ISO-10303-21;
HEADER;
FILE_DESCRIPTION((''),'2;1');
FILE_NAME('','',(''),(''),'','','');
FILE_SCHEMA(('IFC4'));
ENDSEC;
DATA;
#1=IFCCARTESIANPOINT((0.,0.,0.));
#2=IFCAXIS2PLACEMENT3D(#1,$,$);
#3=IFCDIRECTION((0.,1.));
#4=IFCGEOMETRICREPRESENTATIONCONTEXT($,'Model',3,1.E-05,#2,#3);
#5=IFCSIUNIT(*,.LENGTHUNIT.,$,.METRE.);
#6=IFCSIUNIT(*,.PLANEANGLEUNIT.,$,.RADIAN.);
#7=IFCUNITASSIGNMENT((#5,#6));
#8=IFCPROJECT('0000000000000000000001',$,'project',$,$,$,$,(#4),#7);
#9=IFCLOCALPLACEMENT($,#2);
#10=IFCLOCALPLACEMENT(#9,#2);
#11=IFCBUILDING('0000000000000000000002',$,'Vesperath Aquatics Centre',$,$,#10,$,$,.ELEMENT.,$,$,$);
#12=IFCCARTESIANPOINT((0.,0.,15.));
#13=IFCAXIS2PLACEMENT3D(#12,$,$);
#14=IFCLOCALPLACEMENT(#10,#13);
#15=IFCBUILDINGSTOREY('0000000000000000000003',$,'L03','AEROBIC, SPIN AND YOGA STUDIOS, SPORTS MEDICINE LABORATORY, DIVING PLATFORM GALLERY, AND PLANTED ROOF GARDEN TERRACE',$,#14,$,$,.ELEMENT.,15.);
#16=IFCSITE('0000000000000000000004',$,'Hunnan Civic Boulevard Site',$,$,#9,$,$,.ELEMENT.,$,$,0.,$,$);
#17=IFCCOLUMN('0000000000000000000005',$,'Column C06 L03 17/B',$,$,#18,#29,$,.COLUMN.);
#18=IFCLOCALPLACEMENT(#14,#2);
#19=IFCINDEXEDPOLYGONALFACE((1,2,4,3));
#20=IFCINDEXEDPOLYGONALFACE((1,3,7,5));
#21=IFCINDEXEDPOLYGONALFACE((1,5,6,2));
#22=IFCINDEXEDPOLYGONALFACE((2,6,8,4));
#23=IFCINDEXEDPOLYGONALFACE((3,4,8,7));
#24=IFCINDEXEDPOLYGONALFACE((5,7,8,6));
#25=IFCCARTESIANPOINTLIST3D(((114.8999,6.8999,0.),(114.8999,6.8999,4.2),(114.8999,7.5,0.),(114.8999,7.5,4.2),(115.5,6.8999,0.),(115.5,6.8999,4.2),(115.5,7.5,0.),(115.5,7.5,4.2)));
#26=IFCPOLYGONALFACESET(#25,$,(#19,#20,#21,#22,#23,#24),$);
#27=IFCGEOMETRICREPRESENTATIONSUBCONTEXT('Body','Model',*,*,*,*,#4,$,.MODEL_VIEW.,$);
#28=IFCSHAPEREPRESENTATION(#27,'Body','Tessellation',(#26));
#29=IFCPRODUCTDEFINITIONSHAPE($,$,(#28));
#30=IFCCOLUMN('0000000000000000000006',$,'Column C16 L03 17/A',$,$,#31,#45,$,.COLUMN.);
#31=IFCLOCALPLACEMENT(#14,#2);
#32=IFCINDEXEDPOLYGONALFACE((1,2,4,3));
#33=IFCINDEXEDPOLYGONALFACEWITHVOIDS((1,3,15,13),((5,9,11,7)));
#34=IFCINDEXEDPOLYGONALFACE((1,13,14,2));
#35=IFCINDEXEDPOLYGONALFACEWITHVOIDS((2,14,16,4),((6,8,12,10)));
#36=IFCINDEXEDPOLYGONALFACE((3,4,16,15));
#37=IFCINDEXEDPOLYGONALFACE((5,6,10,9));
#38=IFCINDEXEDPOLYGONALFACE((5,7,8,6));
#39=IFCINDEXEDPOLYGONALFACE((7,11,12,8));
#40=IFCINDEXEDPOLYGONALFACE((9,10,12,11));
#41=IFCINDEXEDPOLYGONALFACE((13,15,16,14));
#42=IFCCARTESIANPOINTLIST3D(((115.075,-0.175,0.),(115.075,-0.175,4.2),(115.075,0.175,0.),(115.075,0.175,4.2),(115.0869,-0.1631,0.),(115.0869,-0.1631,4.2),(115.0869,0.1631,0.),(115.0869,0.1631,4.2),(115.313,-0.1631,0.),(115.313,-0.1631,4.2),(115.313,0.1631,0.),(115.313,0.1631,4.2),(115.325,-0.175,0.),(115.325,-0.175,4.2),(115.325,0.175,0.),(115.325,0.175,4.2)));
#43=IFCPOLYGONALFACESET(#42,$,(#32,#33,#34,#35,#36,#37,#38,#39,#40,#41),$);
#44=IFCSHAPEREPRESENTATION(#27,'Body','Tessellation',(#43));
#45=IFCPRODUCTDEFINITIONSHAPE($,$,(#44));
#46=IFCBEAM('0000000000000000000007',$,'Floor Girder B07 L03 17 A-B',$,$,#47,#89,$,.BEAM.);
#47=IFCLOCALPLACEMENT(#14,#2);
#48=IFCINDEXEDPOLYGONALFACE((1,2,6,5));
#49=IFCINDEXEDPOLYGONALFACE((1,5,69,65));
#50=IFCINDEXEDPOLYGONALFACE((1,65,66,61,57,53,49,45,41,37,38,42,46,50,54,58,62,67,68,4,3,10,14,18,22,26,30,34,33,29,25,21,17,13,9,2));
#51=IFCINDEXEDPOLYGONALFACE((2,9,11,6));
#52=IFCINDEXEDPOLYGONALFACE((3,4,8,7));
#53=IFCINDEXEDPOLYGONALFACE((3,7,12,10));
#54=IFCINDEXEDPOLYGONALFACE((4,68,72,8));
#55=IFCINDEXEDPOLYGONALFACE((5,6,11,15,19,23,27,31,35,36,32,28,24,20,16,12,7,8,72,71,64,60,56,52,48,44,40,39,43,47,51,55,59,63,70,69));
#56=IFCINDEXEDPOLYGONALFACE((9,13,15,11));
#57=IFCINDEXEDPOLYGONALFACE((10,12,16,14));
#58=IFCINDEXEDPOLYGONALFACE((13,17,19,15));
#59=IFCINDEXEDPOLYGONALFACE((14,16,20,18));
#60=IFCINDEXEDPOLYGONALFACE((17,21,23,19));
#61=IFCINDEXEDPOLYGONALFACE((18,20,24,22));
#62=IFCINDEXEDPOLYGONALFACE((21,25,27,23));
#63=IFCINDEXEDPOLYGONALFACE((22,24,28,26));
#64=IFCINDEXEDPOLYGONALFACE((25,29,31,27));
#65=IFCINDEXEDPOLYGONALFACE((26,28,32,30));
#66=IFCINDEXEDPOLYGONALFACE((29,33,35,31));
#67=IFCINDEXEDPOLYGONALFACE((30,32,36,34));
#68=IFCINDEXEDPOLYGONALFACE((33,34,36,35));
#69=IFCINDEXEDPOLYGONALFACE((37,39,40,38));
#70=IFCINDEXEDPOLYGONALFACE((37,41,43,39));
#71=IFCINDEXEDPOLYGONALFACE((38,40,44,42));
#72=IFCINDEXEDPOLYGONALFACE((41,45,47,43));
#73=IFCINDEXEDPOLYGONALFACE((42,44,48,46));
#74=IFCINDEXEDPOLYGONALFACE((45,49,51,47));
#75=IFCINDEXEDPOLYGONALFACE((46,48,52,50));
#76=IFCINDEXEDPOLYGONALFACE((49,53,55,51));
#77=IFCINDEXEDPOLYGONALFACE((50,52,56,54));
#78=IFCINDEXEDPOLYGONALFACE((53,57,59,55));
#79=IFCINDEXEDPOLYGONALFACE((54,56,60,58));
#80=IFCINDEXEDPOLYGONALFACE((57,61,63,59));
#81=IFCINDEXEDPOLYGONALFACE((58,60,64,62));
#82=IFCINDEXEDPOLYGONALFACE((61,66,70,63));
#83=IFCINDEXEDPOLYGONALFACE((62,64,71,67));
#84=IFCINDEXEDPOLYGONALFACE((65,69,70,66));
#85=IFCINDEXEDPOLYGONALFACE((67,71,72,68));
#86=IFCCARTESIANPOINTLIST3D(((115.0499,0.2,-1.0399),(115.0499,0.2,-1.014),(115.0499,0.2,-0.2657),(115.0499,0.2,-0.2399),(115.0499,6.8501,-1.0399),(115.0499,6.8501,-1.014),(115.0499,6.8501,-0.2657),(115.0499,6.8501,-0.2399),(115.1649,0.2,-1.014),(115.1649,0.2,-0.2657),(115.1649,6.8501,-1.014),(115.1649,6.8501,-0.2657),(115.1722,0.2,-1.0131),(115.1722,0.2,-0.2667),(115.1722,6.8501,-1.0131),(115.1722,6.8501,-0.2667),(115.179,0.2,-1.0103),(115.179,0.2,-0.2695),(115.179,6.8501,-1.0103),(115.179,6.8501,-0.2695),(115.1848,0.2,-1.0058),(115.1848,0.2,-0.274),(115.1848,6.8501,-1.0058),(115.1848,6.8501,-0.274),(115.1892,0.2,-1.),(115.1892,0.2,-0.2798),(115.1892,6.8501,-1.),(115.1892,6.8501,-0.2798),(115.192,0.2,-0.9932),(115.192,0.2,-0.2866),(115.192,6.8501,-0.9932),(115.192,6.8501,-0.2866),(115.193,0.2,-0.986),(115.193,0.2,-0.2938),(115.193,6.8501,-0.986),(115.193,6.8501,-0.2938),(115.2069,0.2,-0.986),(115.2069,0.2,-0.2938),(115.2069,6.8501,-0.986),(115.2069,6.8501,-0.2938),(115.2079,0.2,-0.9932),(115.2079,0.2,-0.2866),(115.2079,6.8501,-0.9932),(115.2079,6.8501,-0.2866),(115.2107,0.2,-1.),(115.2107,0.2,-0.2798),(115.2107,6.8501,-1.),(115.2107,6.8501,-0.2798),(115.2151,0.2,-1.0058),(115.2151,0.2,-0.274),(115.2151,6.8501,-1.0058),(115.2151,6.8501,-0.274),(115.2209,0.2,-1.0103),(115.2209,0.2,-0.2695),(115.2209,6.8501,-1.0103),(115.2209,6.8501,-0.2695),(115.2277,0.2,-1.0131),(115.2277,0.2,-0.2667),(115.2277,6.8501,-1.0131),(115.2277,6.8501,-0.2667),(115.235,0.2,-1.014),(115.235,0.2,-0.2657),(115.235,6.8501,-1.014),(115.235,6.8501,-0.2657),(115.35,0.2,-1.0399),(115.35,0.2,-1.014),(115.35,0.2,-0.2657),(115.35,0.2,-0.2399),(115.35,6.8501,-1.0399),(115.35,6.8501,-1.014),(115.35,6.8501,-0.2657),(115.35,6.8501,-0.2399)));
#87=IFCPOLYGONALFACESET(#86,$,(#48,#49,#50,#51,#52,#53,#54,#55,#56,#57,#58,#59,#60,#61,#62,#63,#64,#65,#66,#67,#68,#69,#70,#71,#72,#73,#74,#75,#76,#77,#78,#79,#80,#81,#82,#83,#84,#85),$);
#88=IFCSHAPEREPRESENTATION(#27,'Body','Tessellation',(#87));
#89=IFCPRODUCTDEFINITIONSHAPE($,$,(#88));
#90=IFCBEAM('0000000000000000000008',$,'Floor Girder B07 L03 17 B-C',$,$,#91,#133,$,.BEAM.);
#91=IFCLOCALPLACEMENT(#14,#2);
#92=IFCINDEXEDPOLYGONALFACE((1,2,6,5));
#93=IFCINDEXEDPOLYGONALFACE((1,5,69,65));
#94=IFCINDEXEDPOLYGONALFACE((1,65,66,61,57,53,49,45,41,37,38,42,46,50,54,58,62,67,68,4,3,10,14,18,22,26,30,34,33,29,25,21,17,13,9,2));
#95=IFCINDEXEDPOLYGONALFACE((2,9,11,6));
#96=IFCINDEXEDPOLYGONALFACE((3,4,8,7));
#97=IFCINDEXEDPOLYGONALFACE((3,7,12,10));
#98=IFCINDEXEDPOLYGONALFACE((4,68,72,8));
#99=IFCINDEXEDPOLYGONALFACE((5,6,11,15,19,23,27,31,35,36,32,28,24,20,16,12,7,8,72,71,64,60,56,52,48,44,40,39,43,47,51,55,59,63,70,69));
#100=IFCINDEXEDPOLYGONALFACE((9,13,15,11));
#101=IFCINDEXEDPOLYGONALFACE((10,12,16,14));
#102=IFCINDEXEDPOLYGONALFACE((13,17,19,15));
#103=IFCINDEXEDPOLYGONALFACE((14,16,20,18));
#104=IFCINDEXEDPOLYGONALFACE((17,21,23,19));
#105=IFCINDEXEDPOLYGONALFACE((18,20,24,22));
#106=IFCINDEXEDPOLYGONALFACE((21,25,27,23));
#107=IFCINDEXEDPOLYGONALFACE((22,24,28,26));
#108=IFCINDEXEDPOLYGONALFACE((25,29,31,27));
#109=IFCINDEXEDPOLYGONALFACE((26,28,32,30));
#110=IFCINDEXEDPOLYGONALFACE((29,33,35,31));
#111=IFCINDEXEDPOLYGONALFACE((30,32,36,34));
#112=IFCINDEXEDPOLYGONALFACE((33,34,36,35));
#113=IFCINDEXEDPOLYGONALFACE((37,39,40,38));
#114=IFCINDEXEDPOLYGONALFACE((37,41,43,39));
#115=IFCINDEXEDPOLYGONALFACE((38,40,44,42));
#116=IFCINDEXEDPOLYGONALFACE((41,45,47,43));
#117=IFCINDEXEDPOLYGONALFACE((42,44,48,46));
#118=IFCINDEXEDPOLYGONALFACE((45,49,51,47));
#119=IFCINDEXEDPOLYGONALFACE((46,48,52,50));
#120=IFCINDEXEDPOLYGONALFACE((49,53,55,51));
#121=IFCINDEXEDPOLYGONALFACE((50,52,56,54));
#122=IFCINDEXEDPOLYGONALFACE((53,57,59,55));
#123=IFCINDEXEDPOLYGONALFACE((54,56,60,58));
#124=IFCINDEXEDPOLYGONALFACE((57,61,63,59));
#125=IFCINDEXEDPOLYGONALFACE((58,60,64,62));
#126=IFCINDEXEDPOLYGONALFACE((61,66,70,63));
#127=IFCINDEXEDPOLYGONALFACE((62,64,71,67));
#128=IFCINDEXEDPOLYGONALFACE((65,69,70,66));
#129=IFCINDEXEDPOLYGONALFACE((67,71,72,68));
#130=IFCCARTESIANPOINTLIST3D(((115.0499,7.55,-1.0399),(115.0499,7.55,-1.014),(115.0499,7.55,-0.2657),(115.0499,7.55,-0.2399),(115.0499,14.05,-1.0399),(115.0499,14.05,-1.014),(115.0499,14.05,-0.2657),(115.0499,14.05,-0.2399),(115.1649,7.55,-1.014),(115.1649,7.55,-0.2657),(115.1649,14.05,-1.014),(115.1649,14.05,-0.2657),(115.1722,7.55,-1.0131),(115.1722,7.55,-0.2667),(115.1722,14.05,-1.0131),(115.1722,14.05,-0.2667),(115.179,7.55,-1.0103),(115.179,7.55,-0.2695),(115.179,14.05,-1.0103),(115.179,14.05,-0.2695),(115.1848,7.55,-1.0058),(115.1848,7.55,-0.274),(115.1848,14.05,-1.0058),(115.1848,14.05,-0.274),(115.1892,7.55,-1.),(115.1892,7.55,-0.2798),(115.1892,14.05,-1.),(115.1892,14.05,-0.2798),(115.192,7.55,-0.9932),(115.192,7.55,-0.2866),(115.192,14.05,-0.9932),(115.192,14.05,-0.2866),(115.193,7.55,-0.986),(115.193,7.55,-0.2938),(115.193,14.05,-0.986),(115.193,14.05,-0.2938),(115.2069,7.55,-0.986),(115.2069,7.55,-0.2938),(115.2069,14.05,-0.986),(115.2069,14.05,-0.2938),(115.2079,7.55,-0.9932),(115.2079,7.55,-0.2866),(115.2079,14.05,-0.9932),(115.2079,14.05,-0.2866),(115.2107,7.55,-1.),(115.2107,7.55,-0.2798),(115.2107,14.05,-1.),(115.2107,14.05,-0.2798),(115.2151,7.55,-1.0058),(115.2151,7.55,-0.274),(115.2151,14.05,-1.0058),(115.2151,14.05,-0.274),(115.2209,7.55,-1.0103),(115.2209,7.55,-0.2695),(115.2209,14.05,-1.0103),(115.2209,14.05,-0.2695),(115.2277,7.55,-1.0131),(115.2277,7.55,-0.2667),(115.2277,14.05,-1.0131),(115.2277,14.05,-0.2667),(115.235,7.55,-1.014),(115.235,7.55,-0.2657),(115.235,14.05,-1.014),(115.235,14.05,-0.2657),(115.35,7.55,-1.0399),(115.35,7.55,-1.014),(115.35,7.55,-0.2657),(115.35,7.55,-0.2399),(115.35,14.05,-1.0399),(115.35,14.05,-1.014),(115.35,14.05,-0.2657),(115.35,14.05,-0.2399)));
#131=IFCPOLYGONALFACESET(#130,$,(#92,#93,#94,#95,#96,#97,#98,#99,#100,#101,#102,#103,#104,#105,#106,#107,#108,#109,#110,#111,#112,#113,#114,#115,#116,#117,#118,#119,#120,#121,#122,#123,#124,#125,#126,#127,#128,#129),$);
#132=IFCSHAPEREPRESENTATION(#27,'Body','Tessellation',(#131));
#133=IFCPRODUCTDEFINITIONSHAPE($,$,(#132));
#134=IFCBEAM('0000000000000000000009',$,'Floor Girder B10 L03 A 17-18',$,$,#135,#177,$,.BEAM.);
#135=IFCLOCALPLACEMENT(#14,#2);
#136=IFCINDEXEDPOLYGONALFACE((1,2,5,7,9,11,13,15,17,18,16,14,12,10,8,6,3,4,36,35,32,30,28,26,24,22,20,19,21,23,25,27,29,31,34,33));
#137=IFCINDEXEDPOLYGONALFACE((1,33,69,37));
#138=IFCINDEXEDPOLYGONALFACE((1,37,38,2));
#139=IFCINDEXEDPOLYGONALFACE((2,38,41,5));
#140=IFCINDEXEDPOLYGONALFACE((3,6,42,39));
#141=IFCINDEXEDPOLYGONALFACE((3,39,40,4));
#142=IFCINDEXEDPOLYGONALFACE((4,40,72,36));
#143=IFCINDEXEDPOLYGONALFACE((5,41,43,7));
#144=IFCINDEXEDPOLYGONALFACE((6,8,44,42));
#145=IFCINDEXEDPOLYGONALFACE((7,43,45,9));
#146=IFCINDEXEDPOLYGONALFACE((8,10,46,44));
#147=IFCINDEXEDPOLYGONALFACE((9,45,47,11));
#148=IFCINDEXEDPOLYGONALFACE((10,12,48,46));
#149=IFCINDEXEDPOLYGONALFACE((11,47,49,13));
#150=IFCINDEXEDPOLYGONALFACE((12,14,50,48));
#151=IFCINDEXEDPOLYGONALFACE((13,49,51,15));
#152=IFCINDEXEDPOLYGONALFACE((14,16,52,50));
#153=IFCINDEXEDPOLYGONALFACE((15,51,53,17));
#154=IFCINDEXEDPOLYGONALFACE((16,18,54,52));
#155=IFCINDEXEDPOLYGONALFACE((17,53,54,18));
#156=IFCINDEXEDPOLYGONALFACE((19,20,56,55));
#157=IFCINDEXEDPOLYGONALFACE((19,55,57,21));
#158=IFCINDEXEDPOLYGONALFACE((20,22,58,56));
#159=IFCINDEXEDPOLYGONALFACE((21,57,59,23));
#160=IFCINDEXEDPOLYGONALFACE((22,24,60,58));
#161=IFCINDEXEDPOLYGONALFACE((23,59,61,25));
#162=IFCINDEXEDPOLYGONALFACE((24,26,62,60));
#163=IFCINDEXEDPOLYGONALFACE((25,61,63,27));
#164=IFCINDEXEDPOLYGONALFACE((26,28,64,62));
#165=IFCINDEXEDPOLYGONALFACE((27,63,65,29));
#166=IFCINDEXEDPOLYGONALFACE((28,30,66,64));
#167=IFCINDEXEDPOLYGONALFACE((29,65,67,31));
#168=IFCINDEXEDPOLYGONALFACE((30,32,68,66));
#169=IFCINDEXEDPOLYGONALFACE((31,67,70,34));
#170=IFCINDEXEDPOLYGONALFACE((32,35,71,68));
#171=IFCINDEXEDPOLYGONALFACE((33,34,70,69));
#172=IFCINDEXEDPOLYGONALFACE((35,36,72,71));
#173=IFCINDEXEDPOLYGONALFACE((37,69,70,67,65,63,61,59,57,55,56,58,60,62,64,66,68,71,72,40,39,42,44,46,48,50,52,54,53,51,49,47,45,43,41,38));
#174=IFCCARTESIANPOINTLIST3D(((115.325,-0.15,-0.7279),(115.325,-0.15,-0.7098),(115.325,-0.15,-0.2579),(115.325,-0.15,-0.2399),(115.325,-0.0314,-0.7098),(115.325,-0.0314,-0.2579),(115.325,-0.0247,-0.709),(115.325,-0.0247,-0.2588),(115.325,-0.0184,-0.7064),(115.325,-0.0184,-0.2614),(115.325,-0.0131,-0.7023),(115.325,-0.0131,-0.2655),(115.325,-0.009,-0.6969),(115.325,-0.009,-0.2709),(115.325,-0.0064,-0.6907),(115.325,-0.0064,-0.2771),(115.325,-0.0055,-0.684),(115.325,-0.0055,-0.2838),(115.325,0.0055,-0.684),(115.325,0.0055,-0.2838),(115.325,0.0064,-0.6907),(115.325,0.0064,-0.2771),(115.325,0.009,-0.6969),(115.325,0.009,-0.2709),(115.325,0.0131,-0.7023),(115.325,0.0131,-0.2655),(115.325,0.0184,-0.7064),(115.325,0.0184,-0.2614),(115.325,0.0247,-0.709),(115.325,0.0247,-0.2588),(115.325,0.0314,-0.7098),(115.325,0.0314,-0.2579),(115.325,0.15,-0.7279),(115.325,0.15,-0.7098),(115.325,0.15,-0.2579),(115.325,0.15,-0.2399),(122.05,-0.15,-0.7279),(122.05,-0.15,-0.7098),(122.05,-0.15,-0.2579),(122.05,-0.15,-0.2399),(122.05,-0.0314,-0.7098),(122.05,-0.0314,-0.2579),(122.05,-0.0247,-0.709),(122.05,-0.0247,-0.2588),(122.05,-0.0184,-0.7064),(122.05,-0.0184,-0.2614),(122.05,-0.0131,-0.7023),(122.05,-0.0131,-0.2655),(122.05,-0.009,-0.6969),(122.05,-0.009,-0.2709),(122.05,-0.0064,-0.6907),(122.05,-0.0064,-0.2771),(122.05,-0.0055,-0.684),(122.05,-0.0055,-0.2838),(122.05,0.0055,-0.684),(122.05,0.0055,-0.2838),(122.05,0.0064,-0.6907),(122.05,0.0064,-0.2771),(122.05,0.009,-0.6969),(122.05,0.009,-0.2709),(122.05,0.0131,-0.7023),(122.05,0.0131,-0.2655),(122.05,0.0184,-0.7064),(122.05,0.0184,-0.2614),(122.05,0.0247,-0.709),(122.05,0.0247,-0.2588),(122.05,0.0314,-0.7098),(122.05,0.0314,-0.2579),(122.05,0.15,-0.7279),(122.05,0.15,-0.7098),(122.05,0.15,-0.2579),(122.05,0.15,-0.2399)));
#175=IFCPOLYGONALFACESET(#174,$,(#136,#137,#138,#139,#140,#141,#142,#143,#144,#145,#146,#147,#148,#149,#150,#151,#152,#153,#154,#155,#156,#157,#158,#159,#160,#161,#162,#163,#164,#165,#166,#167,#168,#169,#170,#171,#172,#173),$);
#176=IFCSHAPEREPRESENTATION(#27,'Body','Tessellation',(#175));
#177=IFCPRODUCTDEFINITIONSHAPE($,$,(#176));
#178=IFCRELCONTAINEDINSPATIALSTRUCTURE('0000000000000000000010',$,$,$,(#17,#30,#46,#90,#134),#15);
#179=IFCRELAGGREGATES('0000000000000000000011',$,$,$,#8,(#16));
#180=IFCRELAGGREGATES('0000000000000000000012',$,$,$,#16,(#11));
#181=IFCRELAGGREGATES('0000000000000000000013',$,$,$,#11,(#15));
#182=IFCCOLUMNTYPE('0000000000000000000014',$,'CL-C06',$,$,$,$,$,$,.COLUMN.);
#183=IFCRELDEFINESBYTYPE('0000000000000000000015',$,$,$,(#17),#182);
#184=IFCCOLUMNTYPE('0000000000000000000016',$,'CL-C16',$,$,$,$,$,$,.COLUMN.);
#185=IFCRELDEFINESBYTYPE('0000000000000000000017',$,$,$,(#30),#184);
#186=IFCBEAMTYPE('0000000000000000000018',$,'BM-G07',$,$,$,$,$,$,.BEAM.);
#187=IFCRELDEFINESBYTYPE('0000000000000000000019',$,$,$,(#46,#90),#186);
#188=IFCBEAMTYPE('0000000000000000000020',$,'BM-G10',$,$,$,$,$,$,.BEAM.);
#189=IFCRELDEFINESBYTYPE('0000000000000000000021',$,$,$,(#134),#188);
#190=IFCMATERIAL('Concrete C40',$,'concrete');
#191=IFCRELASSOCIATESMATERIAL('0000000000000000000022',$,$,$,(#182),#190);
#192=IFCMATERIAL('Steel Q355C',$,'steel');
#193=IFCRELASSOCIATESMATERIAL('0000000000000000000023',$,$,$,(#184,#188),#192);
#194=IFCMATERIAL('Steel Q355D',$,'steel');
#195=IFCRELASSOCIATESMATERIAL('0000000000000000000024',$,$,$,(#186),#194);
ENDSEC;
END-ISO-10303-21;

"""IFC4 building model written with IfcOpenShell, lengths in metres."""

from ifc_helpers import new_model, si_unit, direction, frame, origin, origin_2d, place, context, subcontext, project, spatial, rectangle, hollow_rectangle, i_section, extrude, material, material_profile, profile_set, type_object, element, save


model = new_model("IFC4")

# Units and contexts
model_context = context("Model", 3, precision=1e-05, world=origin(), true_north=direction((0.0, 1.0)))
body_context = subcontext(model_context, "Body", "Model", "MODEL_VIEW")
ifc_project = project(units=[si_unit("LENGTHUNIT", "METRE"), si_unit("PLANEANGLEUNIT", "RADIAN")], contexts=[model_context])

# Site, building, storey
site_placement = place(None, origin())
site = spatial("IfcSite", under=ifc_project, at=site_placement, Name="Hunnan Civic Boulevard Site", CompositionType="ELEMENT", RefElevation=0.0)
building_placement = place(site_placement, origin())
building = spatial("IfcBuilding", under=site, at=building_placement, Name="Vesperath Aquatics Centre", CompositionType="ELEMENT")
storey_placement = place(building_placement, frame((0.0, 0.0, 15.0)))
storey = spatial("IfcBuildingStorey", under=building, at=storey_placement, Name="L03", Description="AEROBIC, SPIN AND YOGA STUDIOS, SPORTS MEDICINE LABORATORY, DIVING PLATFORM GALLERY, AND PLANTED ROOF GARDEN TERRACE", CompositionType="ELEMENT", Elevation=15.0)

# Columns
ifc_material_1 = material(Name="Concrete C40", Category="concrete")
ifc_material_profile_1 = material_profile(ifc_material_1, rectangle(XDim=0.6001, YDim=0.6001, at=origin_2d()), Name="RC 600x600")
ifc_profile_set_1 = profile_set([ifc_material_profile_1], Name="Concrete C40")
column_type_1 = type_object("IfcColumnType", Name="CL-C06", PredefinedType="COLUMN", material=ifc_profile_set_1)
column_1_placement = place(storey_placement, frame((115.2, 7.2, 0.0), z_axis=(0.0, 0.0, 1.0), x_axis=(1.0, 0.0, 0.0)))
element("IfcColumn", 1, at=column_1_placement, inside=storey, type_object=column_type_1, Name="Column C06 L03 17/B", PredefinedType="COLUMN", context=body_context, shape_type="SweptSolid", body=[
    extrude(rectangle(XDim=0.6001, YDim=0.6001, at=origin_2d()), origin(), (0.0, 0.0, 1.0), 4.2),
])
ifc_material_2 = material(Name="Steel Q355C", Category="steel")
ifc_material_profile_2 = material_profile(ifc_material_2, hollow_rectangle(XDim=0.25, YDim=0.3501, WallThickness=0.012, at=origin_2d()), Name="RHS 350x250x12")
ifc_profile_set_2 = profile_set([ifc_material_profile_2], Name="Steel Q355C")
column_type_2 = type_object("IfcColumnType", Name="CL-C16", PredefinedType="COLUMN", material=ifc_profile_set_2)
column_2_placement = place(storey_placement, frame((115.2, 0.0, 0.0), z_axis=(0.0, 0.0, 1.0), x_axis=(1.0, 0.0, 0.0)))
element("IfcColumn", 2, at=column_2_placement, inside=storey, type_object=column_type_2, Name="Column C16 L03 17/A", PredefinedType="COLUMN", context=body_context, shape_type="SweptSolid", body=[
    extrude(hollow_rectangle(XDim=0.25, YDim=0.3501, WallThickness=0.012, at=origin_2d()), origin(), (0.0, 0.0, 1.0), 4.2),
])

# Beams
ifc_material_3 = material(Name="Steel Q355D", Category="steel")
ifc_material_profile_3 = material_profile(ifc_material_3, i_section(OverallWidth=0.3, OverallDepth=0.8, WebThickness=0.0139, FlangeThickness=0.0259, FilletRadius=0.0281, at=origin_2d()), Name="HN 800x300x14x26")
ifc_profile_set_3 = profile_set([ifc_material_profile_3], Name="Steel Q355D")
beam_type_1 = type_object("IfcBeamType", Name="BM-G07", PredefinedType="BEAM", material=ifc_profile_set_3)
beam_1_placement = place(storey_placement, frame((115.2, 0.2, -0.6399), z_axis=(0.0, 1.0, 0.0), x_axis=(-1.0, 0.0, 0.0)))
element("IfcBeam", 3, at=beam_1_placement, inside=storey, type_object=beam_type_1, Name="Floor Girder B07 L03 17 A-B", PredefinedType="BEAM", context=body_context, shape_type="SweptSolid", body=[
    extrude(i_section(OverallWidth=0.3, OverallDepth=0.8, WebThickness=0.0139, FlangeThickness=0.0259, FilletRadius=0.0281, at=origin_2d()), origin(), (0.0, 0.0, 1.0), 6.6501),
])
beam_2_placement = place(storey_placement, frame((115.2, 7.55, -0.6399), z_axis=(0.0, 1.0, 0.0), x_axis=(-1.0, 0.0, 0.0)))
element("IfcBeam", 4, at=beam_2_placement, inside=storey, type_object=beam_type_1, Name="Floor Girder B07 L03 17 B-C", PredefinedType="BEAM", context=body_context, shape_type="SweptSolid", body=[
    extrude(i_section(OverallWidth=0.3, OverallDepth=0.8, WebThickness=0.0139, FlangeThickness=0.0259, FilletRadius=0.0281, at=origin_2d()), origin(), (0.0, 0.0, 1.0), 6.5),
])
ifc_material_profile_4 = material_profile(ifc_material_2, i_section(OverallWidth=0.3, OverallDepth=0.488, WebThickness=0.011, FlangeThickness=0.0181, FilletRadius=0.0259, at=origin_2d()), Name="HM 488x300x11x18")
ifc_profile_set_4 = profile_set([ifc_material_profile_4], Name="Steel Q355C")
beam_type_2 = type_object("IfcBeamType", Name="BM-G10", PredefinedType="BEAM", material=ifc_profile_set_4)
beam_3_placement = place(storey_placement, frame((115.325, 0.0, -0.4839), z_axis=(1.0, 0.0, 0.0), x_axis=(0.0, 1.0, 0.0)))
element("IfcBeam", 5, at=beam_3_placement, inside=storey, type_object=beam_type_2, Name="Floor Girder B10 L03 A 17-18", PredefinedType="BEAM", context=body_context, shape_type="SweptSolid", body=[
    extrude(i_section(OverallWidth=0.3, OverallDepth=0.488, WebThickness=0.011, FlangeThickness=0.0181, FilletRadius=0.0259, at=origin_2d()), origin(), (0.0, 0.0, 1.0), 6.7251),
])

save(model, "model.ifc")
